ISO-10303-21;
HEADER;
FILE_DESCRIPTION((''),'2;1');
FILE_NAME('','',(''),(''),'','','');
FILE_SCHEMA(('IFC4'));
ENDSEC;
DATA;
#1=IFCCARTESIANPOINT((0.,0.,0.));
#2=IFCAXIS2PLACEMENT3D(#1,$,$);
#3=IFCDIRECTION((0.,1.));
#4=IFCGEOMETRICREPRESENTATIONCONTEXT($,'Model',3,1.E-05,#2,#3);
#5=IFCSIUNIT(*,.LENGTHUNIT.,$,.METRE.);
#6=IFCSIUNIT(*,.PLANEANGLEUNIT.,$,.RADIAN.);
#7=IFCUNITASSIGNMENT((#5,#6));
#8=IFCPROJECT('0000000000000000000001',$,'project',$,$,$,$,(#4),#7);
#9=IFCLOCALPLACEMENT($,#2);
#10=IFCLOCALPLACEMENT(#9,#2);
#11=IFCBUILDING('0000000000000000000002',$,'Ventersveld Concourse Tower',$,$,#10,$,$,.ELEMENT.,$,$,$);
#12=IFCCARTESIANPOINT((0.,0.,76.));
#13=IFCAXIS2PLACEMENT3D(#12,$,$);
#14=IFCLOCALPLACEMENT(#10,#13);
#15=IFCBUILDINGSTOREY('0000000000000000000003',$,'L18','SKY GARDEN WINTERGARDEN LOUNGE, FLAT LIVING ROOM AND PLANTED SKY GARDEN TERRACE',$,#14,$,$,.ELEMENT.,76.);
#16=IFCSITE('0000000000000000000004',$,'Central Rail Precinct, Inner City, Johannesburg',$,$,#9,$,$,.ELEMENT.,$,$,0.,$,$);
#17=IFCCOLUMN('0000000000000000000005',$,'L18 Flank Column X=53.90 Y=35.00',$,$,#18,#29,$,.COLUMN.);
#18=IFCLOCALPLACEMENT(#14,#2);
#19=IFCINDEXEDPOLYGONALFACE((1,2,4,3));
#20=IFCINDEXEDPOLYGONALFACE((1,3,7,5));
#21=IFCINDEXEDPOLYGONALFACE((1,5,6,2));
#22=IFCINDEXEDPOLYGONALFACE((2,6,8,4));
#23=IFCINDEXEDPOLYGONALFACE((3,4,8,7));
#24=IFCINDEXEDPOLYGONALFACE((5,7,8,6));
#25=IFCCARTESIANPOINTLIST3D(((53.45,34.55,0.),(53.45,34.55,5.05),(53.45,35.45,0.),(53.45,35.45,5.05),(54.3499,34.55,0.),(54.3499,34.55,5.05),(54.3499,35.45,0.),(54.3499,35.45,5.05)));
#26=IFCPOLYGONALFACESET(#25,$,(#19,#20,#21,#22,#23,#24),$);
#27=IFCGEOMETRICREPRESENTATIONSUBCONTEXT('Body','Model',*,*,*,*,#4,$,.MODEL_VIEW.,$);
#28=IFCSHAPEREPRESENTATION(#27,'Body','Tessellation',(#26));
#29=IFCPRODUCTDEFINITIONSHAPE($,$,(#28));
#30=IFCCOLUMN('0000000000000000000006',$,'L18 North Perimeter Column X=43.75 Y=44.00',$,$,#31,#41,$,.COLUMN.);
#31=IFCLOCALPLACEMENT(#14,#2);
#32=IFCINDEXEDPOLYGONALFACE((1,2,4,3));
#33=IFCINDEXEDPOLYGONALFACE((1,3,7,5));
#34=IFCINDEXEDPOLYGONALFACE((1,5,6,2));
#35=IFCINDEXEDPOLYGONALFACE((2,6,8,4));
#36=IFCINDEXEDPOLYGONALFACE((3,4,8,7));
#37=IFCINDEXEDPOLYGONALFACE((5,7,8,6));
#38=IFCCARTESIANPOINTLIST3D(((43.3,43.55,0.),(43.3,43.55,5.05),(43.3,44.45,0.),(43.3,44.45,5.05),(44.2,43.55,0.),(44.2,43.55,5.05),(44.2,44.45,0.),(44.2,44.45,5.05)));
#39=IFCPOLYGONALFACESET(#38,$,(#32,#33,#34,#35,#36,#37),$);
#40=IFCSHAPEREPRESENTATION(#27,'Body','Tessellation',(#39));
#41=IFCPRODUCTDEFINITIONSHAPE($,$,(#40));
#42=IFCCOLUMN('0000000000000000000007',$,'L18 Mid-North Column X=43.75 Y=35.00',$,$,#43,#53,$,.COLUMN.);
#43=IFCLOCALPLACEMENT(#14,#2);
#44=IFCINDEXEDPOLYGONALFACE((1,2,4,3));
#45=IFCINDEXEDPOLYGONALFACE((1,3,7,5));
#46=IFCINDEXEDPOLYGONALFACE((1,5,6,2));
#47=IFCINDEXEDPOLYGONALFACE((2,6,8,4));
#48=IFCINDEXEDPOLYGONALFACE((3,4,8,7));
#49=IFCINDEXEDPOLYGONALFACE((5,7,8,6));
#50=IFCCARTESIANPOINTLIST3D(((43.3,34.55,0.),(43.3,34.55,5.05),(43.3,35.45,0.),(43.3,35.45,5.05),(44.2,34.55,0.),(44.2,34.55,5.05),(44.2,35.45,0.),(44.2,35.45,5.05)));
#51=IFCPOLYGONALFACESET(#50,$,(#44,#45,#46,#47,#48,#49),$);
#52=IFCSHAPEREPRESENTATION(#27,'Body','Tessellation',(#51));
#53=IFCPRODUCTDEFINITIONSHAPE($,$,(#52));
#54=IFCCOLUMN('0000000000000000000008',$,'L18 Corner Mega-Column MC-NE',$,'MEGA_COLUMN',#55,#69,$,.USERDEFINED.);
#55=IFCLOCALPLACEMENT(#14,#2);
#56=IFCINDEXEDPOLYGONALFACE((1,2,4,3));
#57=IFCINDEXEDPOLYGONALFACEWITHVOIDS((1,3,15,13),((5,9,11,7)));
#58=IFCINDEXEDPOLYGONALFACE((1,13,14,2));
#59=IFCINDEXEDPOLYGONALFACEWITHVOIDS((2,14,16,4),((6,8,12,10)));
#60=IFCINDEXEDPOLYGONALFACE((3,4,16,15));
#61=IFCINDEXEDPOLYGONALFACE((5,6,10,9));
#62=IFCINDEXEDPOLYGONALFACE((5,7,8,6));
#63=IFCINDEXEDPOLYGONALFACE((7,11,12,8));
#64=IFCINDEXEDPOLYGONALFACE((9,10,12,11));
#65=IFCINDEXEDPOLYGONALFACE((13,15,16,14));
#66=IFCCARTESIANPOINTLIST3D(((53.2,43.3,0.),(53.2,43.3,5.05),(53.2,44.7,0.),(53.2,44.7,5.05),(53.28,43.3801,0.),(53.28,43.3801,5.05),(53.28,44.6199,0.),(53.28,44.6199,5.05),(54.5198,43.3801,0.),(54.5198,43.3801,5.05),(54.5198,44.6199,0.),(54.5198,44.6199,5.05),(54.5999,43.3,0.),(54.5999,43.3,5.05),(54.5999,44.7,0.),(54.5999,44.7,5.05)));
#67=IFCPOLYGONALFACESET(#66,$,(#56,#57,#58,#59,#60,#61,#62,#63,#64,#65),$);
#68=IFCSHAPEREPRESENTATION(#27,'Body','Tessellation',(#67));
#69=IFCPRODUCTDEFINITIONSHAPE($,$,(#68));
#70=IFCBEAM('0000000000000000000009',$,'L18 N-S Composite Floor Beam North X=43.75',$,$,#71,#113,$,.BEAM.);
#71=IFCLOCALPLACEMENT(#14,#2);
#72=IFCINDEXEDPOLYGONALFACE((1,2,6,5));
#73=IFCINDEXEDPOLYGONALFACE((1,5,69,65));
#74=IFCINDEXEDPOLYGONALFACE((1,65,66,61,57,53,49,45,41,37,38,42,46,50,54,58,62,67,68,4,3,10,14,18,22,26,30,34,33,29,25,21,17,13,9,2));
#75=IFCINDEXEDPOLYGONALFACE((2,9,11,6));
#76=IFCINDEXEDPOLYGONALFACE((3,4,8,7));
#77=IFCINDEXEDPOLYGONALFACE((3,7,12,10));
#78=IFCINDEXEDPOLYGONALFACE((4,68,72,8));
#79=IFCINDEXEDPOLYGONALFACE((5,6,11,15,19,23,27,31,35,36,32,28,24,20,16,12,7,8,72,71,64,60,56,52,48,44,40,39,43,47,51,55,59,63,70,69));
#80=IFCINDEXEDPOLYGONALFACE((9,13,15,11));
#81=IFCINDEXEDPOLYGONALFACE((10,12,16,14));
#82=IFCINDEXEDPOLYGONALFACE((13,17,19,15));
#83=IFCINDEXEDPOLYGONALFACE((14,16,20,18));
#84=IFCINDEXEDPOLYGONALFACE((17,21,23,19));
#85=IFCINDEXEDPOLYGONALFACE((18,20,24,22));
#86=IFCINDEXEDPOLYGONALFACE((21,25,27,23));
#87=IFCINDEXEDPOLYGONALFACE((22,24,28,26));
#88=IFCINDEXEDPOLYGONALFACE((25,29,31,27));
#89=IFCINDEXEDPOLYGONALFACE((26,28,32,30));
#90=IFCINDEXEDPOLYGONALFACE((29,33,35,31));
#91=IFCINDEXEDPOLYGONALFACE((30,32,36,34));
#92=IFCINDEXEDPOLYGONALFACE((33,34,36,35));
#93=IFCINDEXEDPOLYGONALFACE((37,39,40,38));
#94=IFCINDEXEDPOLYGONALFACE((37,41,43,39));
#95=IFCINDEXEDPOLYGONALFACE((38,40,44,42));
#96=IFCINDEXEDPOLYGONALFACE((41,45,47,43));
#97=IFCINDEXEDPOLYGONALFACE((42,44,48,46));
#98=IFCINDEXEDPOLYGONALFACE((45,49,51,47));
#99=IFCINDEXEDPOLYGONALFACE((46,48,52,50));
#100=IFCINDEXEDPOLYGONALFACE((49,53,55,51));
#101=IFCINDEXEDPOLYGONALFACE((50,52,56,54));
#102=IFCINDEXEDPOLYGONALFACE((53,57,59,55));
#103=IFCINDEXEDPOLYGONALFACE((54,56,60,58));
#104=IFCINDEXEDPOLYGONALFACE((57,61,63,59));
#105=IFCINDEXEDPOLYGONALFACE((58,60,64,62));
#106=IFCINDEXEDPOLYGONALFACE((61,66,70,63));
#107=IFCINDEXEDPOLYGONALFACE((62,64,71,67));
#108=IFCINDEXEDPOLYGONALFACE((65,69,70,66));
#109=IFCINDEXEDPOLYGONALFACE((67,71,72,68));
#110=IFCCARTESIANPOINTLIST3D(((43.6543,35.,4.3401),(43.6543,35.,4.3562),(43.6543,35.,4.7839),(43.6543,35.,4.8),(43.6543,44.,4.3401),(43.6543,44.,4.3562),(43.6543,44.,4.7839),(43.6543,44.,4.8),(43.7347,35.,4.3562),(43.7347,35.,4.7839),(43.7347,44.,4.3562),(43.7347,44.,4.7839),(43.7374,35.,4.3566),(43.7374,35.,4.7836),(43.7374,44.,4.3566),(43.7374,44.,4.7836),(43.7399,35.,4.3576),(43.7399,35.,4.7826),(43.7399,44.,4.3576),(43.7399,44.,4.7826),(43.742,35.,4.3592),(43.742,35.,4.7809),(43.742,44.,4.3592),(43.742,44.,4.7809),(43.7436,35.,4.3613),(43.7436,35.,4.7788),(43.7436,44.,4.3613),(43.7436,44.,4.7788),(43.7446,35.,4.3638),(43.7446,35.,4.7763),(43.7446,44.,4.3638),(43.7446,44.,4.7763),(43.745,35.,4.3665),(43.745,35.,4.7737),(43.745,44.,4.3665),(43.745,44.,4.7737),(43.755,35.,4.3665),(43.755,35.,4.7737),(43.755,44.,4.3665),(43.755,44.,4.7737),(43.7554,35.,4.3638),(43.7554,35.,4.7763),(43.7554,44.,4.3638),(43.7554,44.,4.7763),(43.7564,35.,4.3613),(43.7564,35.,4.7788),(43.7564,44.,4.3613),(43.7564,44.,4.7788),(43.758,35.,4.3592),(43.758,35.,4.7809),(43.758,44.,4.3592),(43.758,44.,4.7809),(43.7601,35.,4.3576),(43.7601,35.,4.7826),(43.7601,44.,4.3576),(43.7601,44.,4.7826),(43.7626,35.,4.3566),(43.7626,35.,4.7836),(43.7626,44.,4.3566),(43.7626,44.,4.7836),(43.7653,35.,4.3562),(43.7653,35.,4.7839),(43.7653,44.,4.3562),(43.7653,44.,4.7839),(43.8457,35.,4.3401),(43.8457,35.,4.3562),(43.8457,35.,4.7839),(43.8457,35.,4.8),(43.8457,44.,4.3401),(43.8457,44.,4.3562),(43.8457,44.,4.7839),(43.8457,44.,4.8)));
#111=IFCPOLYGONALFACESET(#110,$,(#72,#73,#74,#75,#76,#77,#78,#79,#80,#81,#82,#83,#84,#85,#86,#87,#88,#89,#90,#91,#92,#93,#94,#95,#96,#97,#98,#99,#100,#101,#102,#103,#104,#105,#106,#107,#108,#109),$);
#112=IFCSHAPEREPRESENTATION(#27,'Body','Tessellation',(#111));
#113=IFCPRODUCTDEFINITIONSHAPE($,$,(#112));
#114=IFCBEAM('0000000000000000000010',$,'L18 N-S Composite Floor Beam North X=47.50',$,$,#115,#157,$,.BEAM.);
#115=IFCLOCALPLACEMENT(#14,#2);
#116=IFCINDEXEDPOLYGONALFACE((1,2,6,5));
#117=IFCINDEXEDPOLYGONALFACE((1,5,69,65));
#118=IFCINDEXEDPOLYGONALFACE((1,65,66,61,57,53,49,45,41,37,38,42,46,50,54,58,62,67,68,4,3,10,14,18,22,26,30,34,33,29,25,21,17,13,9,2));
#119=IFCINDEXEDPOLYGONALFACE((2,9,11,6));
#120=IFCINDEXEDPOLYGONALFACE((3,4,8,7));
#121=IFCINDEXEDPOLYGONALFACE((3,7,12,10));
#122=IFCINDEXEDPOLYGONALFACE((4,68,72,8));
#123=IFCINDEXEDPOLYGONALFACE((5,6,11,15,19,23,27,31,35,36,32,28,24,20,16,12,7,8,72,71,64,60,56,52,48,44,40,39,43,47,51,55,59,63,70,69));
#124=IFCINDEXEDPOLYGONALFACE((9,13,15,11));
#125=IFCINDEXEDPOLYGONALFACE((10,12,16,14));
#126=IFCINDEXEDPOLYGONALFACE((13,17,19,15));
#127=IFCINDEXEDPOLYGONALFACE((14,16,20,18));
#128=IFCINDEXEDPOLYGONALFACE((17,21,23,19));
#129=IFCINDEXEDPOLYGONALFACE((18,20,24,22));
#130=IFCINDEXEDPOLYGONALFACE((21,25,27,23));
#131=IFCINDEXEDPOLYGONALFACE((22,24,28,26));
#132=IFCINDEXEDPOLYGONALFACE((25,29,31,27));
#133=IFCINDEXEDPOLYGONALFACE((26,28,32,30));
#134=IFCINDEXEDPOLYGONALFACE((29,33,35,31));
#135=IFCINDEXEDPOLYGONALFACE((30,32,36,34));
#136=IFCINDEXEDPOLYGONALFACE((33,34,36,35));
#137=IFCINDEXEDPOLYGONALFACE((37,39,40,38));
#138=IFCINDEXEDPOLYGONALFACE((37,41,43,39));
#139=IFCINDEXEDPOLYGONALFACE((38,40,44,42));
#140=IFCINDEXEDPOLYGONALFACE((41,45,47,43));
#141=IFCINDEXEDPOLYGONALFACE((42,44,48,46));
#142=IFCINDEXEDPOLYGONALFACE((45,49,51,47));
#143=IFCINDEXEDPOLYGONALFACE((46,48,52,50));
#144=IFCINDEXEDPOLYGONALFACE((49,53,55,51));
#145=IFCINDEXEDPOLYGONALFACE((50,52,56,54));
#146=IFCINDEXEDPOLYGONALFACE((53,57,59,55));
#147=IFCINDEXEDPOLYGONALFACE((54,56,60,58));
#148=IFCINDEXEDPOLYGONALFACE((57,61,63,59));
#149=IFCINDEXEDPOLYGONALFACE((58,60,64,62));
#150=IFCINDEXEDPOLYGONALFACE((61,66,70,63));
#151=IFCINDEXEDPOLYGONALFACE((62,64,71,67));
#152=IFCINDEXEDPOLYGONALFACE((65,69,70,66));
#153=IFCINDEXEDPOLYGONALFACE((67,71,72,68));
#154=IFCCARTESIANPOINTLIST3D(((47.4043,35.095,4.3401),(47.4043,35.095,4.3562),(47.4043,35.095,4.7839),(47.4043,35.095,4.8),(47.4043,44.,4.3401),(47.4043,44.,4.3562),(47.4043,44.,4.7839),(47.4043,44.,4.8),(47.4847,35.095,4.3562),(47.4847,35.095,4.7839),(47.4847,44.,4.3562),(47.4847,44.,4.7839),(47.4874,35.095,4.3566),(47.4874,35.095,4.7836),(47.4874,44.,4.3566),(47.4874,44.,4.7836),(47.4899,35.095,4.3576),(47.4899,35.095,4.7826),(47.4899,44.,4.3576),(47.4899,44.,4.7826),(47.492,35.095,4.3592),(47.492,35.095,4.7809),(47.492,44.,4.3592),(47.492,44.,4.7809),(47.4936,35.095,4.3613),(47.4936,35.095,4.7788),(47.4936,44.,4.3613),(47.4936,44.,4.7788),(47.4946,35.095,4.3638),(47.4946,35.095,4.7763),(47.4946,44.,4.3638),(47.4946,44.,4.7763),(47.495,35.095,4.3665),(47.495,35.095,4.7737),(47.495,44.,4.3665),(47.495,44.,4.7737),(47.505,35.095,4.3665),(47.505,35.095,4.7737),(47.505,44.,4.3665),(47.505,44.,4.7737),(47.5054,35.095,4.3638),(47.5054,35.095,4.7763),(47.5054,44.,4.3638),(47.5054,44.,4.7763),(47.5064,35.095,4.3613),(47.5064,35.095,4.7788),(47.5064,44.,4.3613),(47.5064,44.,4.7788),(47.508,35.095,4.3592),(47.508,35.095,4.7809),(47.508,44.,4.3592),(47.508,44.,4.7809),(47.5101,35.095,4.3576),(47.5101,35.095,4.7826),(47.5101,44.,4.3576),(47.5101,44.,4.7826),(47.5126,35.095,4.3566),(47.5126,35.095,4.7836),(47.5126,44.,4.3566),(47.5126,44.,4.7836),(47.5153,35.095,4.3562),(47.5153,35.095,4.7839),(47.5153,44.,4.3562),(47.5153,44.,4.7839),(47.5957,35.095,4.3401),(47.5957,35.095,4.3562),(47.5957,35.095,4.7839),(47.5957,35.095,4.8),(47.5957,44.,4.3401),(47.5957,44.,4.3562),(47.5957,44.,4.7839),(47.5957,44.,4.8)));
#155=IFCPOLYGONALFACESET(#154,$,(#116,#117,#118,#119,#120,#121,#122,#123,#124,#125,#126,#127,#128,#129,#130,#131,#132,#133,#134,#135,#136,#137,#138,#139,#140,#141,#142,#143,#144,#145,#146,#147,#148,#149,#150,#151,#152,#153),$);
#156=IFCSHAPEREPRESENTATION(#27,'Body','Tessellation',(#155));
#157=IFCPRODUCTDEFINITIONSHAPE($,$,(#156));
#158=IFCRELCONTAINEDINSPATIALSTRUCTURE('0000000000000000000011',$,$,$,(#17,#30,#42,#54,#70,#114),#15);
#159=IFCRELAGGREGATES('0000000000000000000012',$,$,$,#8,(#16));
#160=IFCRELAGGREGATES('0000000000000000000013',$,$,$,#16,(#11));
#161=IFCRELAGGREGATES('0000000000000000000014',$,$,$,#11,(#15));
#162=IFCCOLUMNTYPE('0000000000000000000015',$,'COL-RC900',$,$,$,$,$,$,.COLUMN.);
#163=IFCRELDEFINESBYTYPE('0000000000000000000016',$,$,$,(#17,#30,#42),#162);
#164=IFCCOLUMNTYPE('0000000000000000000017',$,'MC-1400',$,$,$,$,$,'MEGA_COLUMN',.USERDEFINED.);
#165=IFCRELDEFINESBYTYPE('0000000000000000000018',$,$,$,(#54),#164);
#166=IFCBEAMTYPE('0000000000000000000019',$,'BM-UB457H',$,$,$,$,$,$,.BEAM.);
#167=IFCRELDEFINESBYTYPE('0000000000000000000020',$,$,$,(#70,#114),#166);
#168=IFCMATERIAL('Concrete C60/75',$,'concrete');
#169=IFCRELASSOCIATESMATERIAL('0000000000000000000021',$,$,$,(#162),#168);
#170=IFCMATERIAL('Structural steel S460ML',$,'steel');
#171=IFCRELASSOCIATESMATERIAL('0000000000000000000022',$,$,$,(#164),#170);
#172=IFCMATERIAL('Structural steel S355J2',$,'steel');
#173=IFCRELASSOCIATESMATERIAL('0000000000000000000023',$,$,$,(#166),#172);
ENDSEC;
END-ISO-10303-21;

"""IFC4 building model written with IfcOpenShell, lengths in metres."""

from ifc_helpers import new_model, si_unit, direction, frame, origin, origin_2d, place, context, subcontext, project, spatial, rectangle, hollow_rectangle, i_section, extrude, material, material_profile, profile_set, type_object, element, save


model = new_model("IFC4")

# Units and contexts
model_context = context("Model", 3, precision=1e-05, world=origin(), true_north=direction((0.0, 1.0)))
body_context = subcontext(model_context, "Body", "Model", "MODEL_VIEW")
ifc_project = project(units=[si_unit("LENGTHUNIT", "METRE"), si_unit("PLANEANGLEUNIT", "RADIAN")], contexts=[model_context])

# Site, building, storey
site_placement = place(None, origin())
site = spatial("IfcSite", under=ifc_project, at=site_placement, Name="Central Rail Precinct, Inner City, Johannesburg", CompositionType="ELEMENT", RefElevation=0.0)
building_placement = place(site_placement, origin())
building = spatial("IfcBuilding", under=site, at=building_placement, Name="Ventersveld Concourse Tower", CompositionType="ELEMENT")
storey_placement = place(building_placement, frame((0.0, 0.0, 76.0)))
storey = spatial("IfcBuildingStorey", under=building, at=storey_placement, Name="L18", Description="SKY GARDEN WINTERGARDEN LOUNGE, FLAT LIVING ROOM AND PLANTED SKY GARDEN TERRACE", CompositionType="ELEMENT", Elevation=76.0)

# Columns
ifc_material_1 = material(Name="Concrete C60/75", Category="concrete")
ifc_material_profile_1 = material_profile(ifc_material_1, rectangle(XDim=0.8999, YDim=0.8999, at=origin_2d()), Name="RC 900x900")
ifc_profile_set_1 = profile_set([ifc_material_profile_1], Name="Concrete C60/75")
column_type_1 = type_object("IfcColumnType", Name="COL-RC900", PredefinedType="COLUMN", material=ifc_profile_set_1)
for number, where, z_axis, x_axis, name in (
    (1, (53.8999, 35.0, 0.0), (0.0, 0.0, 1.0), (1.0, 0.0, 0.0), "L18 Flank Column X=53.90 Y=35.00"),
    (2, (43.75, 44.0, 0.0), (0.0, 0.0, 1.0), (1.0, 0.0, 0.0), "L18 North Perimeter Column X=43.75 Y=44.00"),
    (3, (43.75, 35.0, 0.0), (0.0, 0.0, 1.0), (1.0, 0.0, 0.0), "L18 Mid-North Column X=43.75 Y=35.00"),
):
    element("IfcColumn", number, at=place(storey_placement, frame(where, z_axis=z_axis, x_axis=x_axis)), inside=storey, type_object=column_type_1, Name=name, PredefinedType="COLUMN", context=body_context, shape_type="SweptSolid", body=[
        extrude(rectangle(XDim=0.8999, YDim=0.8999, at=origin_2d()), origin(), (0.0, 0.0, 1.0), 5.05),
    ])
ifc_material_2 = material(Name="Structural steel S460ML", Category="steel")
ifc_material_profile_2 = material_profile(ifc_material_2, hollow_rectangle(XDim=1.3999, YDim=1.3999, WallThickness=0.0801, at=origin_2d()), Name="BOX 1400x1400x80")
ifc_profile_set_2 = profile_set([ifc_material_profile_2], Name="Structural steel S460ML")
column_type_2 = type_object("IfcColumnType", Name="MC-1400", ElementType="MEGA_COLUMN", PredefinedType="USERDEFINED", material=ifc_profile_set_2)
column_placement = place(storey_placement, frame((53.8999, 44.0, 0.0), z_axis=(0.0, 0.0, 1.0), x_axis=(1.0, 0.0, 0.0)))
element("IfcColumn", 4, at=column_placement, inside=storey, type_object=column_type_2, Name="L18 Corner Mega-Column MC-NE", ObjectType="MEGA_COLUMN", PredefinedType="USERDEFINED", context=body_context, shape_type="SweptSolid", body=[
    extrude(hollow_rectangle(XDim=1.3999, YDim=1.3999, WallThickness=0.0801, at=origin_2d()), origin(), (0.0, 0.0, 1.0), 5.05),
])

# Beams
ifc_material_3 = material(Name="Structural steel S355J2", Category="steel")
ifc_material_profile_3 = material_profile(ifc_material_3, i_section(OverallWidth=0.1914, OverallDepth=0.46, WebThickness=0.01, FlangeThickness=0.0161, FilletRadius=0.0103, at=origin_2d()), Name="UB 457x191x82")
ifc_profile_set_3 = profile_set([ifc_material_profile_3], Name="Structural steel S355J2")
beam_type_1 = type_object("IfcBeamType", Name="BM-UB457H", PredefinedType="BEAM", material=ifc_profile_set_3)
beam_1_placement = place(storey_placement, frame((43.75, 35.0, 4.5701), z_axis=(0.0, 1.0, 0.0), x_axis=(-1.0, 0.0, 0.0)))
element("IfcBeam", 5, at=beam_1_placement, inside=storey, type_object=beam_type_1, Name="L18 N-S Composite Floor Beam North X=43.75", PredefinedType="BEAM", context=body_context, shape_type="SweptSolid", body=[
    extrude(i_section(OverallWidth=0.1914, OverallDepth=0.46, WebThickness=0.01, FlangeThickness=0.0161, FilletRadius=0.0103, at=origin_2d()), origin(), (0.0, 0.0, 1.0), 9.0),
])
beam_2_placement = place(storey_placement, frame((47.5, 35.095, 4.5701), z_axis=(0.0, 1.0, 0.0), x_axis=(-1.0, 0.0, 0.0)))
element("IfcBeam", 6, at=beam_2_placement, inside=storey, type_object=beam_type_1, Name="L18 N-S Composite Floor Beam North X=47.50", PredefinedType="BEAM", context=body_context, shape_type="SweptSolid", body=[
    extrude(i_section(OverallWidth=0.1914, OverallDepth=0.46, WebThickness=0.01, FlangeThickness=0.0161, FilletRadius=0.0103, at=origin_2d()), origin(), (0.0, 0.0, 1.0), 8.905),
])

save(model, "model.ifc")
